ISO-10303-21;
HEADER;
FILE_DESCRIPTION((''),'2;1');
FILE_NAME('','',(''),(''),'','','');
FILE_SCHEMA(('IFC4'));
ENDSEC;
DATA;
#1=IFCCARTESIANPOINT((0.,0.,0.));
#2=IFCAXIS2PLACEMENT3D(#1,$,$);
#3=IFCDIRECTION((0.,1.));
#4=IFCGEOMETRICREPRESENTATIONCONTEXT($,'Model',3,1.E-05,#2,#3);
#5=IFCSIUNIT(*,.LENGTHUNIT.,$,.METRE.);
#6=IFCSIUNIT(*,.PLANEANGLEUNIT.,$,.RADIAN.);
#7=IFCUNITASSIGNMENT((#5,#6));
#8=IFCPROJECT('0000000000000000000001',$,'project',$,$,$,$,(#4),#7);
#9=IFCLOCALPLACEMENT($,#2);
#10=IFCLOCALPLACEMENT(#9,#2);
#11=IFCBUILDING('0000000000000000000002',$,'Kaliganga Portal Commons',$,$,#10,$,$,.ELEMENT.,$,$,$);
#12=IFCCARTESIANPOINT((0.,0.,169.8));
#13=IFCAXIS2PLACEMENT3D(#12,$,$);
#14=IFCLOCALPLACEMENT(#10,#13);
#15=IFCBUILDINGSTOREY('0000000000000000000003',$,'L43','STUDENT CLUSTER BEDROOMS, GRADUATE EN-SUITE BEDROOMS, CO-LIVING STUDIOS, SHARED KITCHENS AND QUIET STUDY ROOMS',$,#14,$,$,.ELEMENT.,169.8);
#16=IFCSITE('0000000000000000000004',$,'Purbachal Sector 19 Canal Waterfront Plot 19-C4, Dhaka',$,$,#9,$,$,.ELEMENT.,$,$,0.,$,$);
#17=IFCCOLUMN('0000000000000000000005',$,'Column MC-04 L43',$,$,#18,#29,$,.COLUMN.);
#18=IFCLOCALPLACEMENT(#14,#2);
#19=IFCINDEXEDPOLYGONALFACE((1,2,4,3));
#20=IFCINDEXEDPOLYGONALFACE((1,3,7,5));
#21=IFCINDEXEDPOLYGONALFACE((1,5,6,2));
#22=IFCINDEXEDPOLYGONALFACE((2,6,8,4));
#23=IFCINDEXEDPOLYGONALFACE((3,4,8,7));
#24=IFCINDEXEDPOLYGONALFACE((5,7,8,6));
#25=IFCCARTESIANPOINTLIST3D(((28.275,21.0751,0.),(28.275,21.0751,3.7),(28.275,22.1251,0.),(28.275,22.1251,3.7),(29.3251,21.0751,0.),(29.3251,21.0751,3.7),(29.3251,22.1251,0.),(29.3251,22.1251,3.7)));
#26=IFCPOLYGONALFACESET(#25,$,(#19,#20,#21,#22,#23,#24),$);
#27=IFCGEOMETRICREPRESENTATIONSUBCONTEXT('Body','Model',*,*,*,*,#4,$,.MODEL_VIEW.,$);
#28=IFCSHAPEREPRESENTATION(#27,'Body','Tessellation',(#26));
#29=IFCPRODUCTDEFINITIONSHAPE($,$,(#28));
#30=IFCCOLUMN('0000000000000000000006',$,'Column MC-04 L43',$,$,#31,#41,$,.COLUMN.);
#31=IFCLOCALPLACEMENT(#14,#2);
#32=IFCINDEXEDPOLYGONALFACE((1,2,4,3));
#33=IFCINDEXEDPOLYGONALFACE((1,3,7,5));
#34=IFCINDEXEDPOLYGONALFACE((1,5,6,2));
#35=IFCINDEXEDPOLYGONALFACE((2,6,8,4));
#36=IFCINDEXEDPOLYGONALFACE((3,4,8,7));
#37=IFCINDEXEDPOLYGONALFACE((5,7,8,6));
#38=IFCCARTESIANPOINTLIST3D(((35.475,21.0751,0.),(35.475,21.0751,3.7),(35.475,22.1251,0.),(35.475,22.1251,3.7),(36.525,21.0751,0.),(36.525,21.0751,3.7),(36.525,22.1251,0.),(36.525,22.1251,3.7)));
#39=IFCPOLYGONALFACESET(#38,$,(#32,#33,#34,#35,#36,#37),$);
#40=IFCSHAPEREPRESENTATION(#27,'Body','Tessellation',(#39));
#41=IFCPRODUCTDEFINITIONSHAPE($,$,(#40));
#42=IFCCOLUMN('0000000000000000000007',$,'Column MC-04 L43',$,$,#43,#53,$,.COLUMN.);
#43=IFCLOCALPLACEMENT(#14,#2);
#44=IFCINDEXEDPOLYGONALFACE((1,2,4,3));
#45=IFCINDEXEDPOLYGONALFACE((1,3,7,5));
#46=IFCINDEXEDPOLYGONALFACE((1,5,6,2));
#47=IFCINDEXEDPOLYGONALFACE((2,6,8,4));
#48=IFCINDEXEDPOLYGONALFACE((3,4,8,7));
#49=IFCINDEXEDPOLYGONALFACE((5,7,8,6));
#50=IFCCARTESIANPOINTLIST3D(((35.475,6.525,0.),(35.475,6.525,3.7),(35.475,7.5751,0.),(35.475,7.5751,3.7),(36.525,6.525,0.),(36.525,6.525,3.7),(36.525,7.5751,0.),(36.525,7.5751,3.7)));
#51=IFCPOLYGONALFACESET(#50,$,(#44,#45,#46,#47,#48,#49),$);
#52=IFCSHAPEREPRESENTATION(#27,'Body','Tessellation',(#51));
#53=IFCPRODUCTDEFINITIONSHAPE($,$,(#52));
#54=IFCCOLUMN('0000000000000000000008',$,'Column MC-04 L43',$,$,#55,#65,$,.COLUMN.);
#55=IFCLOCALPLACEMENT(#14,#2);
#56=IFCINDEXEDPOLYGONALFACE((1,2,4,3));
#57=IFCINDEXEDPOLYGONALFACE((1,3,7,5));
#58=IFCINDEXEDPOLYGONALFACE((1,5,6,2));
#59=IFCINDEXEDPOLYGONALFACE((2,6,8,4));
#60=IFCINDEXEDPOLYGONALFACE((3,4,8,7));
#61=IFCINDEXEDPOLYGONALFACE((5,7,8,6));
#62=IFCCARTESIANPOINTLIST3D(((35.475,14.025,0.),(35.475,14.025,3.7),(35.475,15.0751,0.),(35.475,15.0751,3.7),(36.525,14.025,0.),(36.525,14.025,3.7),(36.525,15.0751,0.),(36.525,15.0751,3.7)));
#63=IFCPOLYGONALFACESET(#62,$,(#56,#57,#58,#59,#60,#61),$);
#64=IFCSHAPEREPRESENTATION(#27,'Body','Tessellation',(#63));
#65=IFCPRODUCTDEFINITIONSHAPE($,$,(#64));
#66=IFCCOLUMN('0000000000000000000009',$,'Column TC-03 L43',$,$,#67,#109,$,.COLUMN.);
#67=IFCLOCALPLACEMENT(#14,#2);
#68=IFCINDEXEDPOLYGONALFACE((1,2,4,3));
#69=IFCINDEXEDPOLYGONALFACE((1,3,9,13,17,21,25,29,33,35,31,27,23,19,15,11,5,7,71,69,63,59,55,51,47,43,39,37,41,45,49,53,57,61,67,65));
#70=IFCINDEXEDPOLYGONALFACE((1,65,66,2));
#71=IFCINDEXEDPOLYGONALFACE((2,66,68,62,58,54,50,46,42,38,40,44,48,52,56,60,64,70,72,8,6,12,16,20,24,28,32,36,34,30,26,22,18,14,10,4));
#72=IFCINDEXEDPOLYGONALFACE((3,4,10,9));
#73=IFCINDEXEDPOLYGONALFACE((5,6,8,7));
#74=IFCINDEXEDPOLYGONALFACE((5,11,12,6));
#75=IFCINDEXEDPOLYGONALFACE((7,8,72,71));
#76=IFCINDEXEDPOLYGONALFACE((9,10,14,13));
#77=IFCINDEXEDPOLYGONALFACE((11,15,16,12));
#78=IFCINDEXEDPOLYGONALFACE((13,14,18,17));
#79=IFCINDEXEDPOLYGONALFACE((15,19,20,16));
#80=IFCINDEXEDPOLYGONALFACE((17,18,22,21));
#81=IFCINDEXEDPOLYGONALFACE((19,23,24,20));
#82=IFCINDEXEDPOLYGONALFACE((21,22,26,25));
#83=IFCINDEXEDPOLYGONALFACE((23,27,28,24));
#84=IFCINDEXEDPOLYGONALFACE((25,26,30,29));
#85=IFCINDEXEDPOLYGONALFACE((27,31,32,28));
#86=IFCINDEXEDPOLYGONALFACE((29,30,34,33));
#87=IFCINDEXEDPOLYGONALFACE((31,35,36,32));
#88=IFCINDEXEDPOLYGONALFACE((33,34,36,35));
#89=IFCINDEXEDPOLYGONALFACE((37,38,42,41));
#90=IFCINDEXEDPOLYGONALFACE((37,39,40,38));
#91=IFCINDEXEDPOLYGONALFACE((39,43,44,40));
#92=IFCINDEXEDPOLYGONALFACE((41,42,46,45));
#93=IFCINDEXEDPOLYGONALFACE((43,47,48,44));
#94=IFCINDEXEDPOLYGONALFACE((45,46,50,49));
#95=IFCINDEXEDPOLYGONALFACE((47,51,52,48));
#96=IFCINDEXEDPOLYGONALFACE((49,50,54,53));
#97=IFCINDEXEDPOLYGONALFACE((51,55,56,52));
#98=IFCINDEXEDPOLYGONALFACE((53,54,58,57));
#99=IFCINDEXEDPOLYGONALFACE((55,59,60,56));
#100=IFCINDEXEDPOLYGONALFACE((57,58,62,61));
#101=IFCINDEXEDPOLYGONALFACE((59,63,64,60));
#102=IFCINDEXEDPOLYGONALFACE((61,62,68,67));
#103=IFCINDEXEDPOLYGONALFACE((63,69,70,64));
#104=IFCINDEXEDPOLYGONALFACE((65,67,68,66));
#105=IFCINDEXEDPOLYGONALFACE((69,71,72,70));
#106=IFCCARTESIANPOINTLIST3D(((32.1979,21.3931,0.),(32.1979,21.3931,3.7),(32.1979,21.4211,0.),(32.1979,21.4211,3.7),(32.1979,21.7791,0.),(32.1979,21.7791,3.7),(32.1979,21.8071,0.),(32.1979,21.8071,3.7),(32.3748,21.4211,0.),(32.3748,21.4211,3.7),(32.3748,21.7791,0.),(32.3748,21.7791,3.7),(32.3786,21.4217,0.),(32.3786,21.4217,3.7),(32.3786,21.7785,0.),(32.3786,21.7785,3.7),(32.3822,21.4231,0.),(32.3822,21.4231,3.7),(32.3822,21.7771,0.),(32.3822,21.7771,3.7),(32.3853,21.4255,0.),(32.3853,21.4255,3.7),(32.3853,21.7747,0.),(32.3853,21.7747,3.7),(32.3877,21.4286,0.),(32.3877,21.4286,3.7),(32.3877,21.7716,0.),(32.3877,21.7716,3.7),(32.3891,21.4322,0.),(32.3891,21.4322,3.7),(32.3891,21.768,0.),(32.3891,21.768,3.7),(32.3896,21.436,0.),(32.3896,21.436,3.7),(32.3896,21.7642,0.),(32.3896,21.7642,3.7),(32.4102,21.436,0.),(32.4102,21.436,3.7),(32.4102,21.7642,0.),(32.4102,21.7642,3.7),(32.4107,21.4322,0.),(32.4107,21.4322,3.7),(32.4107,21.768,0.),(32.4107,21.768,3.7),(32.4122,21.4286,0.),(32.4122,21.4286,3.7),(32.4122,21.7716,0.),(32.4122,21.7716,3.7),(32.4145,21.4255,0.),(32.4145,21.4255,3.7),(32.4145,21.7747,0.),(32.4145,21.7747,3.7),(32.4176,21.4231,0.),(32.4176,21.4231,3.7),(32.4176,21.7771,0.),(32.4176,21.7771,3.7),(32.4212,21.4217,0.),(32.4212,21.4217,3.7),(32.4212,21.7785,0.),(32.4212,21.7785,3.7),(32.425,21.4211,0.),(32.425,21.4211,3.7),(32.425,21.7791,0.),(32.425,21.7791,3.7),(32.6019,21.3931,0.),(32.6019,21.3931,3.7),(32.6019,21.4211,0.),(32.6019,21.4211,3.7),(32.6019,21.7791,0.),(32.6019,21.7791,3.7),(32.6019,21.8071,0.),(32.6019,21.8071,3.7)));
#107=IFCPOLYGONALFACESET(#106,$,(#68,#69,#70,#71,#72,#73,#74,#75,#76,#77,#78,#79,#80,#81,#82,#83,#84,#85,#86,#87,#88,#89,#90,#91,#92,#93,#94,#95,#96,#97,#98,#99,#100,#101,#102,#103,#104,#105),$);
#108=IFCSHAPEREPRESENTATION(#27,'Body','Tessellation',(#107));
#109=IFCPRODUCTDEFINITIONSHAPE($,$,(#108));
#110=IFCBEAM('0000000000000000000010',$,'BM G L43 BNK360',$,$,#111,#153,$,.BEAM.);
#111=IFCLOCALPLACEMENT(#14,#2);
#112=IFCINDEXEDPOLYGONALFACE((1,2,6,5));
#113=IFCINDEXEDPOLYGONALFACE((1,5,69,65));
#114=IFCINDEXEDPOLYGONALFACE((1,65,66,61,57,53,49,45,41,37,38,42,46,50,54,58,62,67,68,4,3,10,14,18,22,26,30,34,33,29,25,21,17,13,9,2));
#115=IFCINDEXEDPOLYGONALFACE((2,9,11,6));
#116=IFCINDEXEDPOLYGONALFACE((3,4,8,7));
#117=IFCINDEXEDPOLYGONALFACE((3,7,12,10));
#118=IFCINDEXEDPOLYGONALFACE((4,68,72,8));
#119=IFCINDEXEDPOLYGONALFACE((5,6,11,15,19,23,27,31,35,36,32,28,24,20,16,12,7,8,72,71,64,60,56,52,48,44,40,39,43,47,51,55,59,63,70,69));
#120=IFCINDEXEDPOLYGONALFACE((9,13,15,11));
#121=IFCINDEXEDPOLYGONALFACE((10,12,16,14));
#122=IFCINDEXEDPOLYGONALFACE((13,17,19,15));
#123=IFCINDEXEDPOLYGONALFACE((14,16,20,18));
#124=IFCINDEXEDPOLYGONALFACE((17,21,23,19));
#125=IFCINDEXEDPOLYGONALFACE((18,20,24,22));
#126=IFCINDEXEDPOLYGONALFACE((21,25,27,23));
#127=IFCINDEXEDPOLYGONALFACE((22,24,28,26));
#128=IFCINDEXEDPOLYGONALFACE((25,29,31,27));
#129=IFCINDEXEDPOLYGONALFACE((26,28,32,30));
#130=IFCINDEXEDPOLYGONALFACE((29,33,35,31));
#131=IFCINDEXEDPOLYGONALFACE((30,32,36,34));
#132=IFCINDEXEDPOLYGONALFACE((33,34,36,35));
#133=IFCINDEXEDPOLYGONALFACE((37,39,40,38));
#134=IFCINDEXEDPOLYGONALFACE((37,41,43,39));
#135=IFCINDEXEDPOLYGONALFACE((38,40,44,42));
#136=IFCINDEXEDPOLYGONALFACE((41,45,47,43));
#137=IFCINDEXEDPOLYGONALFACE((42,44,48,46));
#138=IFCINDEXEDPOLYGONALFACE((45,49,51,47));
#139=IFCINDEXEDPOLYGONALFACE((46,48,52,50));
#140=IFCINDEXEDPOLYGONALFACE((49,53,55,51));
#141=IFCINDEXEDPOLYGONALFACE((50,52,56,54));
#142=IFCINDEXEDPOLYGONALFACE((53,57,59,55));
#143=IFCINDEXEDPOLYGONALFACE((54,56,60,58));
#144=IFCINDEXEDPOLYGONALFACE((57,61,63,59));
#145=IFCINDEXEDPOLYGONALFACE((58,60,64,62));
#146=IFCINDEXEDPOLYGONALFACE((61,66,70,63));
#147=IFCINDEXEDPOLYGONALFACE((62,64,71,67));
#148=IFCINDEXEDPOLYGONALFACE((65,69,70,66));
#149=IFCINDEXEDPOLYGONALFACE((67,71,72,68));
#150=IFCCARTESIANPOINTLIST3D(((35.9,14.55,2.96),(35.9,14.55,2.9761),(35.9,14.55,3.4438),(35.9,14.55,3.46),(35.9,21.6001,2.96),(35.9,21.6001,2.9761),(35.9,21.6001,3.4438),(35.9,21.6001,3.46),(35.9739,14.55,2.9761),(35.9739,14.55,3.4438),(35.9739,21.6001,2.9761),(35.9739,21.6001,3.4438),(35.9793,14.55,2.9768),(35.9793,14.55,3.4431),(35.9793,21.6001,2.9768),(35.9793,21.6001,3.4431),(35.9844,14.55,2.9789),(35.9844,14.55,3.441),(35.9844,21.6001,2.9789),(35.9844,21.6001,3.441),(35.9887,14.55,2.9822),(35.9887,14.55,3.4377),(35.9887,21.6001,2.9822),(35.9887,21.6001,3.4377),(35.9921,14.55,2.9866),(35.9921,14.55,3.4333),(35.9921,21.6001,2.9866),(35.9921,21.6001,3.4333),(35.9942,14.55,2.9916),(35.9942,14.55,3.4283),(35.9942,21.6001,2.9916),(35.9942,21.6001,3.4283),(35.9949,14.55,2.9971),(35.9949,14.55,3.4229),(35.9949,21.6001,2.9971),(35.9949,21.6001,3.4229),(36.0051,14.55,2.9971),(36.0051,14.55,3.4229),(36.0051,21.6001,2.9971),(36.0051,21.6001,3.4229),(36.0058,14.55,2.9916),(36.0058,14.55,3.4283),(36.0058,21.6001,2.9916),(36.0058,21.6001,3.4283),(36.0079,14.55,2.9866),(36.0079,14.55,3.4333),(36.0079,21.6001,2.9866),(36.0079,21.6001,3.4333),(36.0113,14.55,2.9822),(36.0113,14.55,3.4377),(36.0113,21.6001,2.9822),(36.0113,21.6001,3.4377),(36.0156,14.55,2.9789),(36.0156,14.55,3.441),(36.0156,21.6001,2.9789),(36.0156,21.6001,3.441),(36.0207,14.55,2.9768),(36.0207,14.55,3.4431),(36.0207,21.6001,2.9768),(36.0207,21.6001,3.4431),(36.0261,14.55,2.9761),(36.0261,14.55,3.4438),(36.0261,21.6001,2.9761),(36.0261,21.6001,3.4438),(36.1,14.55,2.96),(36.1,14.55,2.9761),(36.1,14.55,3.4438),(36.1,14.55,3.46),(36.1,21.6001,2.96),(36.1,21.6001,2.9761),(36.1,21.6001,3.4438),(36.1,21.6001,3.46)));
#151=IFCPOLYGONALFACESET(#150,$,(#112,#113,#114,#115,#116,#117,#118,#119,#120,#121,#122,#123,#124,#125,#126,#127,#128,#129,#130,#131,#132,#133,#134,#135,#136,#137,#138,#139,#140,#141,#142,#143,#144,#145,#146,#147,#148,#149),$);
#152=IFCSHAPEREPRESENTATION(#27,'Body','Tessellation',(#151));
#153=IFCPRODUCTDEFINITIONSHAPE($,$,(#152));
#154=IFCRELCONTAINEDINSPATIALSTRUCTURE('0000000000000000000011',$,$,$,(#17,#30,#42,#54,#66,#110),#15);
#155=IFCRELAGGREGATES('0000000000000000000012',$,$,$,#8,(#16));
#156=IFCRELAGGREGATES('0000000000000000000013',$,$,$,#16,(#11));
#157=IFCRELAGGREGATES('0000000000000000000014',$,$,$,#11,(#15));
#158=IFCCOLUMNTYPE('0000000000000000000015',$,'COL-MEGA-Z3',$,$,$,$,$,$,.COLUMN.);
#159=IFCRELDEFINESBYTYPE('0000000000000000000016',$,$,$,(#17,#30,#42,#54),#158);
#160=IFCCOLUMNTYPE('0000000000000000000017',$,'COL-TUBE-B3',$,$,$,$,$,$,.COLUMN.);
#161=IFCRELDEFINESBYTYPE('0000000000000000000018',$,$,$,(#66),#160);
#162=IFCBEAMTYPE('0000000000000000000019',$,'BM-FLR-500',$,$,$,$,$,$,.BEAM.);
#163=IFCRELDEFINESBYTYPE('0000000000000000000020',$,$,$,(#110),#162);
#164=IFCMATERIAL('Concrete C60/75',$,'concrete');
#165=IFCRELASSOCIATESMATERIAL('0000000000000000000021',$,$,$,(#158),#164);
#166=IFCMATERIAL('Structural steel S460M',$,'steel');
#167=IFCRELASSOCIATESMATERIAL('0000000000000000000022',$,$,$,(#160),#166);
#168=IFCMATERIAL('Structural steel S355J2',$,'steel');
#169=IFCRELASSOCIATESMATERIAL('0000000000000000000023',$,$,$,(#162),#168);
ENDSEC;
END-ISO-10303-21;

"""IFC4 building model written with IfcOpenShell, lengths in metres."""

from ifc_helpers import new_model, si_unit, direction, frame, origin, origin_2d, place, context, subcontext, project, spatial, rectangle, i_section, extrude, source, transform, mapped, material, material_profile, profile_set, type_object, element, save


model = new_model("IFC4")

# Units and contexts
model_context = context("Model", 3, precision=1e-05, world=origin(), true_north=direction((0.0, 1.0)))
body_context = subcontext(model_context, "Body", "Model", "MODEL_VIEW")
ifc_project = project(units=[si_unit("LENGTHUNIT", "METRE"), si_unit("PLANEANGLEUNIT", "RADIAN")], contexts=[model_context])

# Site, building, storey
site_placement = place(None, origin())
site = spatial("IfcSite", under=ifc_project, at=site_placement, Name="Purbachal Sector 19 Canal Waterfront Plot 19-C4, Dhaka", CompositionType="ELEMENT", RefElevation=0.0)
building_placement = place(site_placement, origin())
building = spatial("IfcBuilding", under=site, at=building_placement, Name="Kaliganga Portal Commons", CompositionType="ELEMENT")
storey_placement = place(building_placement, frame((0.0, 0.0, 169.8)))
storey = spatial("IfcBuildingStorey", under=building, at=storey_placement, Name="L43", Description="STUDENT CLUSTER BEDROOMS, GRADUATE EN-SUITE BEDROOMS, CO-LIVING STUDIOS, SHARED KITCHENS AND QUIET STUDY ROOMS", CompositionType="ELEMENT", Elevation=169.8)

# Columns
ifc_material_1 = material(Name="Concrete C60/75", Category="concrete")
ifc_material_profile_1 = material_profile(ifc_material_1, rectangle(XDim=1.05, YDim=1.05, at=origin_2d()), Name="RC 1050x1050")
ifc_profile_set_1 = profile_set([ifc_material_profile_1], Name="Concrete C60/75")
column_type_1 = type_object("IfcColumnType", Name="COL-MEGA-Z3", PredefinedType="COLUMN", material=ifc_profile_set_1)
shared_shape_1 = source(origin(), body_context, "Body", "SweptSolid", [
    extrude(rectangle(XDim=1.05, YDim=1.05, at=origin_2d()), origin(), (0.0, 0.0, 1.0), 3.7),
])
for number, where, z_axis, x_axis, name in (
    (1, (28.8, 21.6001, 0.0), (0.0, 0.0, 1.0), (1.0, 0.0, 0.0), "Column MC-04 L43"),
    (2, (36.0, 21.6001, 0.0), (0.0, 0.0, 1.0), (1.0, 0.0, 0.0), "Column MC-04 L43"),
    (3, (36.0, 7.05, 0.0), (0.0, 0.0, 1.0), (1.0, 0.0, 0.0), "Column MC-04 L43"),
    (4, (36.0, 14.55, 0.0), (0.0, 0.0, 1.0), (1.0, 0.0, 0.0), "Column MC-04 L43"),
):
    element("IfcColumn", number, at=place(storey_placement, frame(where, z_axis=z_axis, x_axis=x_axis)), inside=storey, type_object=column_type_1, Name=name, PredefinedType="COLUMN", context=body_context, shape_type="MappedRepresentation", body=[
        mapped(shared_shape_1, transform((0.0, 0.0, 0.0), x_axis=(1.0, 0.0, 0.0), y_axis=(0.0, 1.0, 0.0), z_axis=(0.0, 0.0, 1.0), scale=1.0)),
    ])
ifc_material_2 = material(Name="Structural steel S460M", Category="steel")
ifc_material_profile_2 = material_profile(ifc_material_2, i_section(OverallWidth=0.4041, OverallDepth=0.4141, WebThickness=0.0205, FlangeThickness=0.0281, FilletRadius=0.0149, at=origin_2d()), Name="HD 400x347")
ifc_profile_set_2 = profile_set([ifc_material_profile_2], Name="Structural steel S460M wide-flange")
column_type_2 = type_object("IfcColumnType", Name="COL-TUBE-B3", PredefinedType="COLUMN", material=ifc_profile_set_2)
shared_shape_2 = source(origin(), body_context, "Body", "SweptSolid", [
    extrude(i_section(OverallWidth=0.4041, OverallDepth=0.4141, WebThickness=0.0205, FlangeThickness=0.0281, FilletRadius=0.0149, at=origin_2d()), origin(), (0.0, 0.0, 1.0), 3.7),
])
column_placement = place(storey_placement, frame((32.3999, 21.6001, 0.0), z_axis=(0.0, 0.0, 1.0), x_axis=(1.0, 0.0, 0.0)))
element("IfcColumn", 5, at=column_placement, inside=storey, type_object=column_type_2, Name="Column TC-03 L43", PredefinedType="COLUMN", context=body_context, shape_type="MappedRepresentation", body=[
    mapped(shared_shape_2, transform((0.0, 0.0, 0.0), x_axis=(1.0, 0.0, 0.0), y_axis=(0.0, 1.0, 0.0), z_axis=(0.0, 0.0, 1.0), scale=1.0)),
])

# Beam
ifc_material_3 = material(Name="Structural steel S355J2", Category="steel")
ifc_material_profile_3 = material_profile(ifc_material_3, i_section(OverallWidth=0.2, OverallDepth=0.5, WebThickness=0.0103, FlangeThickness=0.0161, FilletRadius=0.021, at=origin_2d()), Name="IPE 500")
ifc_profile_set_3 = profile_set([ifc_material_profile_3], Name="Structural steel S355J2 wide-flange")
beam_type_1 = type_object("IfcBeamType", Name="BM-FLR-500", PredefinedType="BEAM", material=ifc_profile_set_3)
shared_shape_3 = source(origin(), body_context, "Body", "SweptSolid", [
    extrude(i_section(OverallWidth=0.2, OverallDepth=0.5, WebThickness=0.0103, FlangeThickness=0.0161, FilletRadius=0.021, at=origin_2d()), origin(), (0.0, 0.0, 1.0), 7.05),
])
beam_1_placement = place(storey_placement, frame((36.0, 14.55, 3.21), z_axis=(0.0, 1.0, 0.0), x_axis=(-1.0, 0.0, 0.0)))
element("IfcBeam", 6, at=beam_1_placement, inside=storey, type_object=beam_type_1, Name="BM G L43 BNK360", PredefinedType="BEAM", context=body_context, shape_type="MappedRepresentation", body=[
    mapped(shared_shape_3, transform((0.0, 0.0, 0.0), x_axis=(1.0, 0.0, 0.0), y_axis=(0.0, 1.0, 0.0), z_axis=(0.0, 0.0, 1.0), scale=1.0)),
])

save(model, "model.ifc")
